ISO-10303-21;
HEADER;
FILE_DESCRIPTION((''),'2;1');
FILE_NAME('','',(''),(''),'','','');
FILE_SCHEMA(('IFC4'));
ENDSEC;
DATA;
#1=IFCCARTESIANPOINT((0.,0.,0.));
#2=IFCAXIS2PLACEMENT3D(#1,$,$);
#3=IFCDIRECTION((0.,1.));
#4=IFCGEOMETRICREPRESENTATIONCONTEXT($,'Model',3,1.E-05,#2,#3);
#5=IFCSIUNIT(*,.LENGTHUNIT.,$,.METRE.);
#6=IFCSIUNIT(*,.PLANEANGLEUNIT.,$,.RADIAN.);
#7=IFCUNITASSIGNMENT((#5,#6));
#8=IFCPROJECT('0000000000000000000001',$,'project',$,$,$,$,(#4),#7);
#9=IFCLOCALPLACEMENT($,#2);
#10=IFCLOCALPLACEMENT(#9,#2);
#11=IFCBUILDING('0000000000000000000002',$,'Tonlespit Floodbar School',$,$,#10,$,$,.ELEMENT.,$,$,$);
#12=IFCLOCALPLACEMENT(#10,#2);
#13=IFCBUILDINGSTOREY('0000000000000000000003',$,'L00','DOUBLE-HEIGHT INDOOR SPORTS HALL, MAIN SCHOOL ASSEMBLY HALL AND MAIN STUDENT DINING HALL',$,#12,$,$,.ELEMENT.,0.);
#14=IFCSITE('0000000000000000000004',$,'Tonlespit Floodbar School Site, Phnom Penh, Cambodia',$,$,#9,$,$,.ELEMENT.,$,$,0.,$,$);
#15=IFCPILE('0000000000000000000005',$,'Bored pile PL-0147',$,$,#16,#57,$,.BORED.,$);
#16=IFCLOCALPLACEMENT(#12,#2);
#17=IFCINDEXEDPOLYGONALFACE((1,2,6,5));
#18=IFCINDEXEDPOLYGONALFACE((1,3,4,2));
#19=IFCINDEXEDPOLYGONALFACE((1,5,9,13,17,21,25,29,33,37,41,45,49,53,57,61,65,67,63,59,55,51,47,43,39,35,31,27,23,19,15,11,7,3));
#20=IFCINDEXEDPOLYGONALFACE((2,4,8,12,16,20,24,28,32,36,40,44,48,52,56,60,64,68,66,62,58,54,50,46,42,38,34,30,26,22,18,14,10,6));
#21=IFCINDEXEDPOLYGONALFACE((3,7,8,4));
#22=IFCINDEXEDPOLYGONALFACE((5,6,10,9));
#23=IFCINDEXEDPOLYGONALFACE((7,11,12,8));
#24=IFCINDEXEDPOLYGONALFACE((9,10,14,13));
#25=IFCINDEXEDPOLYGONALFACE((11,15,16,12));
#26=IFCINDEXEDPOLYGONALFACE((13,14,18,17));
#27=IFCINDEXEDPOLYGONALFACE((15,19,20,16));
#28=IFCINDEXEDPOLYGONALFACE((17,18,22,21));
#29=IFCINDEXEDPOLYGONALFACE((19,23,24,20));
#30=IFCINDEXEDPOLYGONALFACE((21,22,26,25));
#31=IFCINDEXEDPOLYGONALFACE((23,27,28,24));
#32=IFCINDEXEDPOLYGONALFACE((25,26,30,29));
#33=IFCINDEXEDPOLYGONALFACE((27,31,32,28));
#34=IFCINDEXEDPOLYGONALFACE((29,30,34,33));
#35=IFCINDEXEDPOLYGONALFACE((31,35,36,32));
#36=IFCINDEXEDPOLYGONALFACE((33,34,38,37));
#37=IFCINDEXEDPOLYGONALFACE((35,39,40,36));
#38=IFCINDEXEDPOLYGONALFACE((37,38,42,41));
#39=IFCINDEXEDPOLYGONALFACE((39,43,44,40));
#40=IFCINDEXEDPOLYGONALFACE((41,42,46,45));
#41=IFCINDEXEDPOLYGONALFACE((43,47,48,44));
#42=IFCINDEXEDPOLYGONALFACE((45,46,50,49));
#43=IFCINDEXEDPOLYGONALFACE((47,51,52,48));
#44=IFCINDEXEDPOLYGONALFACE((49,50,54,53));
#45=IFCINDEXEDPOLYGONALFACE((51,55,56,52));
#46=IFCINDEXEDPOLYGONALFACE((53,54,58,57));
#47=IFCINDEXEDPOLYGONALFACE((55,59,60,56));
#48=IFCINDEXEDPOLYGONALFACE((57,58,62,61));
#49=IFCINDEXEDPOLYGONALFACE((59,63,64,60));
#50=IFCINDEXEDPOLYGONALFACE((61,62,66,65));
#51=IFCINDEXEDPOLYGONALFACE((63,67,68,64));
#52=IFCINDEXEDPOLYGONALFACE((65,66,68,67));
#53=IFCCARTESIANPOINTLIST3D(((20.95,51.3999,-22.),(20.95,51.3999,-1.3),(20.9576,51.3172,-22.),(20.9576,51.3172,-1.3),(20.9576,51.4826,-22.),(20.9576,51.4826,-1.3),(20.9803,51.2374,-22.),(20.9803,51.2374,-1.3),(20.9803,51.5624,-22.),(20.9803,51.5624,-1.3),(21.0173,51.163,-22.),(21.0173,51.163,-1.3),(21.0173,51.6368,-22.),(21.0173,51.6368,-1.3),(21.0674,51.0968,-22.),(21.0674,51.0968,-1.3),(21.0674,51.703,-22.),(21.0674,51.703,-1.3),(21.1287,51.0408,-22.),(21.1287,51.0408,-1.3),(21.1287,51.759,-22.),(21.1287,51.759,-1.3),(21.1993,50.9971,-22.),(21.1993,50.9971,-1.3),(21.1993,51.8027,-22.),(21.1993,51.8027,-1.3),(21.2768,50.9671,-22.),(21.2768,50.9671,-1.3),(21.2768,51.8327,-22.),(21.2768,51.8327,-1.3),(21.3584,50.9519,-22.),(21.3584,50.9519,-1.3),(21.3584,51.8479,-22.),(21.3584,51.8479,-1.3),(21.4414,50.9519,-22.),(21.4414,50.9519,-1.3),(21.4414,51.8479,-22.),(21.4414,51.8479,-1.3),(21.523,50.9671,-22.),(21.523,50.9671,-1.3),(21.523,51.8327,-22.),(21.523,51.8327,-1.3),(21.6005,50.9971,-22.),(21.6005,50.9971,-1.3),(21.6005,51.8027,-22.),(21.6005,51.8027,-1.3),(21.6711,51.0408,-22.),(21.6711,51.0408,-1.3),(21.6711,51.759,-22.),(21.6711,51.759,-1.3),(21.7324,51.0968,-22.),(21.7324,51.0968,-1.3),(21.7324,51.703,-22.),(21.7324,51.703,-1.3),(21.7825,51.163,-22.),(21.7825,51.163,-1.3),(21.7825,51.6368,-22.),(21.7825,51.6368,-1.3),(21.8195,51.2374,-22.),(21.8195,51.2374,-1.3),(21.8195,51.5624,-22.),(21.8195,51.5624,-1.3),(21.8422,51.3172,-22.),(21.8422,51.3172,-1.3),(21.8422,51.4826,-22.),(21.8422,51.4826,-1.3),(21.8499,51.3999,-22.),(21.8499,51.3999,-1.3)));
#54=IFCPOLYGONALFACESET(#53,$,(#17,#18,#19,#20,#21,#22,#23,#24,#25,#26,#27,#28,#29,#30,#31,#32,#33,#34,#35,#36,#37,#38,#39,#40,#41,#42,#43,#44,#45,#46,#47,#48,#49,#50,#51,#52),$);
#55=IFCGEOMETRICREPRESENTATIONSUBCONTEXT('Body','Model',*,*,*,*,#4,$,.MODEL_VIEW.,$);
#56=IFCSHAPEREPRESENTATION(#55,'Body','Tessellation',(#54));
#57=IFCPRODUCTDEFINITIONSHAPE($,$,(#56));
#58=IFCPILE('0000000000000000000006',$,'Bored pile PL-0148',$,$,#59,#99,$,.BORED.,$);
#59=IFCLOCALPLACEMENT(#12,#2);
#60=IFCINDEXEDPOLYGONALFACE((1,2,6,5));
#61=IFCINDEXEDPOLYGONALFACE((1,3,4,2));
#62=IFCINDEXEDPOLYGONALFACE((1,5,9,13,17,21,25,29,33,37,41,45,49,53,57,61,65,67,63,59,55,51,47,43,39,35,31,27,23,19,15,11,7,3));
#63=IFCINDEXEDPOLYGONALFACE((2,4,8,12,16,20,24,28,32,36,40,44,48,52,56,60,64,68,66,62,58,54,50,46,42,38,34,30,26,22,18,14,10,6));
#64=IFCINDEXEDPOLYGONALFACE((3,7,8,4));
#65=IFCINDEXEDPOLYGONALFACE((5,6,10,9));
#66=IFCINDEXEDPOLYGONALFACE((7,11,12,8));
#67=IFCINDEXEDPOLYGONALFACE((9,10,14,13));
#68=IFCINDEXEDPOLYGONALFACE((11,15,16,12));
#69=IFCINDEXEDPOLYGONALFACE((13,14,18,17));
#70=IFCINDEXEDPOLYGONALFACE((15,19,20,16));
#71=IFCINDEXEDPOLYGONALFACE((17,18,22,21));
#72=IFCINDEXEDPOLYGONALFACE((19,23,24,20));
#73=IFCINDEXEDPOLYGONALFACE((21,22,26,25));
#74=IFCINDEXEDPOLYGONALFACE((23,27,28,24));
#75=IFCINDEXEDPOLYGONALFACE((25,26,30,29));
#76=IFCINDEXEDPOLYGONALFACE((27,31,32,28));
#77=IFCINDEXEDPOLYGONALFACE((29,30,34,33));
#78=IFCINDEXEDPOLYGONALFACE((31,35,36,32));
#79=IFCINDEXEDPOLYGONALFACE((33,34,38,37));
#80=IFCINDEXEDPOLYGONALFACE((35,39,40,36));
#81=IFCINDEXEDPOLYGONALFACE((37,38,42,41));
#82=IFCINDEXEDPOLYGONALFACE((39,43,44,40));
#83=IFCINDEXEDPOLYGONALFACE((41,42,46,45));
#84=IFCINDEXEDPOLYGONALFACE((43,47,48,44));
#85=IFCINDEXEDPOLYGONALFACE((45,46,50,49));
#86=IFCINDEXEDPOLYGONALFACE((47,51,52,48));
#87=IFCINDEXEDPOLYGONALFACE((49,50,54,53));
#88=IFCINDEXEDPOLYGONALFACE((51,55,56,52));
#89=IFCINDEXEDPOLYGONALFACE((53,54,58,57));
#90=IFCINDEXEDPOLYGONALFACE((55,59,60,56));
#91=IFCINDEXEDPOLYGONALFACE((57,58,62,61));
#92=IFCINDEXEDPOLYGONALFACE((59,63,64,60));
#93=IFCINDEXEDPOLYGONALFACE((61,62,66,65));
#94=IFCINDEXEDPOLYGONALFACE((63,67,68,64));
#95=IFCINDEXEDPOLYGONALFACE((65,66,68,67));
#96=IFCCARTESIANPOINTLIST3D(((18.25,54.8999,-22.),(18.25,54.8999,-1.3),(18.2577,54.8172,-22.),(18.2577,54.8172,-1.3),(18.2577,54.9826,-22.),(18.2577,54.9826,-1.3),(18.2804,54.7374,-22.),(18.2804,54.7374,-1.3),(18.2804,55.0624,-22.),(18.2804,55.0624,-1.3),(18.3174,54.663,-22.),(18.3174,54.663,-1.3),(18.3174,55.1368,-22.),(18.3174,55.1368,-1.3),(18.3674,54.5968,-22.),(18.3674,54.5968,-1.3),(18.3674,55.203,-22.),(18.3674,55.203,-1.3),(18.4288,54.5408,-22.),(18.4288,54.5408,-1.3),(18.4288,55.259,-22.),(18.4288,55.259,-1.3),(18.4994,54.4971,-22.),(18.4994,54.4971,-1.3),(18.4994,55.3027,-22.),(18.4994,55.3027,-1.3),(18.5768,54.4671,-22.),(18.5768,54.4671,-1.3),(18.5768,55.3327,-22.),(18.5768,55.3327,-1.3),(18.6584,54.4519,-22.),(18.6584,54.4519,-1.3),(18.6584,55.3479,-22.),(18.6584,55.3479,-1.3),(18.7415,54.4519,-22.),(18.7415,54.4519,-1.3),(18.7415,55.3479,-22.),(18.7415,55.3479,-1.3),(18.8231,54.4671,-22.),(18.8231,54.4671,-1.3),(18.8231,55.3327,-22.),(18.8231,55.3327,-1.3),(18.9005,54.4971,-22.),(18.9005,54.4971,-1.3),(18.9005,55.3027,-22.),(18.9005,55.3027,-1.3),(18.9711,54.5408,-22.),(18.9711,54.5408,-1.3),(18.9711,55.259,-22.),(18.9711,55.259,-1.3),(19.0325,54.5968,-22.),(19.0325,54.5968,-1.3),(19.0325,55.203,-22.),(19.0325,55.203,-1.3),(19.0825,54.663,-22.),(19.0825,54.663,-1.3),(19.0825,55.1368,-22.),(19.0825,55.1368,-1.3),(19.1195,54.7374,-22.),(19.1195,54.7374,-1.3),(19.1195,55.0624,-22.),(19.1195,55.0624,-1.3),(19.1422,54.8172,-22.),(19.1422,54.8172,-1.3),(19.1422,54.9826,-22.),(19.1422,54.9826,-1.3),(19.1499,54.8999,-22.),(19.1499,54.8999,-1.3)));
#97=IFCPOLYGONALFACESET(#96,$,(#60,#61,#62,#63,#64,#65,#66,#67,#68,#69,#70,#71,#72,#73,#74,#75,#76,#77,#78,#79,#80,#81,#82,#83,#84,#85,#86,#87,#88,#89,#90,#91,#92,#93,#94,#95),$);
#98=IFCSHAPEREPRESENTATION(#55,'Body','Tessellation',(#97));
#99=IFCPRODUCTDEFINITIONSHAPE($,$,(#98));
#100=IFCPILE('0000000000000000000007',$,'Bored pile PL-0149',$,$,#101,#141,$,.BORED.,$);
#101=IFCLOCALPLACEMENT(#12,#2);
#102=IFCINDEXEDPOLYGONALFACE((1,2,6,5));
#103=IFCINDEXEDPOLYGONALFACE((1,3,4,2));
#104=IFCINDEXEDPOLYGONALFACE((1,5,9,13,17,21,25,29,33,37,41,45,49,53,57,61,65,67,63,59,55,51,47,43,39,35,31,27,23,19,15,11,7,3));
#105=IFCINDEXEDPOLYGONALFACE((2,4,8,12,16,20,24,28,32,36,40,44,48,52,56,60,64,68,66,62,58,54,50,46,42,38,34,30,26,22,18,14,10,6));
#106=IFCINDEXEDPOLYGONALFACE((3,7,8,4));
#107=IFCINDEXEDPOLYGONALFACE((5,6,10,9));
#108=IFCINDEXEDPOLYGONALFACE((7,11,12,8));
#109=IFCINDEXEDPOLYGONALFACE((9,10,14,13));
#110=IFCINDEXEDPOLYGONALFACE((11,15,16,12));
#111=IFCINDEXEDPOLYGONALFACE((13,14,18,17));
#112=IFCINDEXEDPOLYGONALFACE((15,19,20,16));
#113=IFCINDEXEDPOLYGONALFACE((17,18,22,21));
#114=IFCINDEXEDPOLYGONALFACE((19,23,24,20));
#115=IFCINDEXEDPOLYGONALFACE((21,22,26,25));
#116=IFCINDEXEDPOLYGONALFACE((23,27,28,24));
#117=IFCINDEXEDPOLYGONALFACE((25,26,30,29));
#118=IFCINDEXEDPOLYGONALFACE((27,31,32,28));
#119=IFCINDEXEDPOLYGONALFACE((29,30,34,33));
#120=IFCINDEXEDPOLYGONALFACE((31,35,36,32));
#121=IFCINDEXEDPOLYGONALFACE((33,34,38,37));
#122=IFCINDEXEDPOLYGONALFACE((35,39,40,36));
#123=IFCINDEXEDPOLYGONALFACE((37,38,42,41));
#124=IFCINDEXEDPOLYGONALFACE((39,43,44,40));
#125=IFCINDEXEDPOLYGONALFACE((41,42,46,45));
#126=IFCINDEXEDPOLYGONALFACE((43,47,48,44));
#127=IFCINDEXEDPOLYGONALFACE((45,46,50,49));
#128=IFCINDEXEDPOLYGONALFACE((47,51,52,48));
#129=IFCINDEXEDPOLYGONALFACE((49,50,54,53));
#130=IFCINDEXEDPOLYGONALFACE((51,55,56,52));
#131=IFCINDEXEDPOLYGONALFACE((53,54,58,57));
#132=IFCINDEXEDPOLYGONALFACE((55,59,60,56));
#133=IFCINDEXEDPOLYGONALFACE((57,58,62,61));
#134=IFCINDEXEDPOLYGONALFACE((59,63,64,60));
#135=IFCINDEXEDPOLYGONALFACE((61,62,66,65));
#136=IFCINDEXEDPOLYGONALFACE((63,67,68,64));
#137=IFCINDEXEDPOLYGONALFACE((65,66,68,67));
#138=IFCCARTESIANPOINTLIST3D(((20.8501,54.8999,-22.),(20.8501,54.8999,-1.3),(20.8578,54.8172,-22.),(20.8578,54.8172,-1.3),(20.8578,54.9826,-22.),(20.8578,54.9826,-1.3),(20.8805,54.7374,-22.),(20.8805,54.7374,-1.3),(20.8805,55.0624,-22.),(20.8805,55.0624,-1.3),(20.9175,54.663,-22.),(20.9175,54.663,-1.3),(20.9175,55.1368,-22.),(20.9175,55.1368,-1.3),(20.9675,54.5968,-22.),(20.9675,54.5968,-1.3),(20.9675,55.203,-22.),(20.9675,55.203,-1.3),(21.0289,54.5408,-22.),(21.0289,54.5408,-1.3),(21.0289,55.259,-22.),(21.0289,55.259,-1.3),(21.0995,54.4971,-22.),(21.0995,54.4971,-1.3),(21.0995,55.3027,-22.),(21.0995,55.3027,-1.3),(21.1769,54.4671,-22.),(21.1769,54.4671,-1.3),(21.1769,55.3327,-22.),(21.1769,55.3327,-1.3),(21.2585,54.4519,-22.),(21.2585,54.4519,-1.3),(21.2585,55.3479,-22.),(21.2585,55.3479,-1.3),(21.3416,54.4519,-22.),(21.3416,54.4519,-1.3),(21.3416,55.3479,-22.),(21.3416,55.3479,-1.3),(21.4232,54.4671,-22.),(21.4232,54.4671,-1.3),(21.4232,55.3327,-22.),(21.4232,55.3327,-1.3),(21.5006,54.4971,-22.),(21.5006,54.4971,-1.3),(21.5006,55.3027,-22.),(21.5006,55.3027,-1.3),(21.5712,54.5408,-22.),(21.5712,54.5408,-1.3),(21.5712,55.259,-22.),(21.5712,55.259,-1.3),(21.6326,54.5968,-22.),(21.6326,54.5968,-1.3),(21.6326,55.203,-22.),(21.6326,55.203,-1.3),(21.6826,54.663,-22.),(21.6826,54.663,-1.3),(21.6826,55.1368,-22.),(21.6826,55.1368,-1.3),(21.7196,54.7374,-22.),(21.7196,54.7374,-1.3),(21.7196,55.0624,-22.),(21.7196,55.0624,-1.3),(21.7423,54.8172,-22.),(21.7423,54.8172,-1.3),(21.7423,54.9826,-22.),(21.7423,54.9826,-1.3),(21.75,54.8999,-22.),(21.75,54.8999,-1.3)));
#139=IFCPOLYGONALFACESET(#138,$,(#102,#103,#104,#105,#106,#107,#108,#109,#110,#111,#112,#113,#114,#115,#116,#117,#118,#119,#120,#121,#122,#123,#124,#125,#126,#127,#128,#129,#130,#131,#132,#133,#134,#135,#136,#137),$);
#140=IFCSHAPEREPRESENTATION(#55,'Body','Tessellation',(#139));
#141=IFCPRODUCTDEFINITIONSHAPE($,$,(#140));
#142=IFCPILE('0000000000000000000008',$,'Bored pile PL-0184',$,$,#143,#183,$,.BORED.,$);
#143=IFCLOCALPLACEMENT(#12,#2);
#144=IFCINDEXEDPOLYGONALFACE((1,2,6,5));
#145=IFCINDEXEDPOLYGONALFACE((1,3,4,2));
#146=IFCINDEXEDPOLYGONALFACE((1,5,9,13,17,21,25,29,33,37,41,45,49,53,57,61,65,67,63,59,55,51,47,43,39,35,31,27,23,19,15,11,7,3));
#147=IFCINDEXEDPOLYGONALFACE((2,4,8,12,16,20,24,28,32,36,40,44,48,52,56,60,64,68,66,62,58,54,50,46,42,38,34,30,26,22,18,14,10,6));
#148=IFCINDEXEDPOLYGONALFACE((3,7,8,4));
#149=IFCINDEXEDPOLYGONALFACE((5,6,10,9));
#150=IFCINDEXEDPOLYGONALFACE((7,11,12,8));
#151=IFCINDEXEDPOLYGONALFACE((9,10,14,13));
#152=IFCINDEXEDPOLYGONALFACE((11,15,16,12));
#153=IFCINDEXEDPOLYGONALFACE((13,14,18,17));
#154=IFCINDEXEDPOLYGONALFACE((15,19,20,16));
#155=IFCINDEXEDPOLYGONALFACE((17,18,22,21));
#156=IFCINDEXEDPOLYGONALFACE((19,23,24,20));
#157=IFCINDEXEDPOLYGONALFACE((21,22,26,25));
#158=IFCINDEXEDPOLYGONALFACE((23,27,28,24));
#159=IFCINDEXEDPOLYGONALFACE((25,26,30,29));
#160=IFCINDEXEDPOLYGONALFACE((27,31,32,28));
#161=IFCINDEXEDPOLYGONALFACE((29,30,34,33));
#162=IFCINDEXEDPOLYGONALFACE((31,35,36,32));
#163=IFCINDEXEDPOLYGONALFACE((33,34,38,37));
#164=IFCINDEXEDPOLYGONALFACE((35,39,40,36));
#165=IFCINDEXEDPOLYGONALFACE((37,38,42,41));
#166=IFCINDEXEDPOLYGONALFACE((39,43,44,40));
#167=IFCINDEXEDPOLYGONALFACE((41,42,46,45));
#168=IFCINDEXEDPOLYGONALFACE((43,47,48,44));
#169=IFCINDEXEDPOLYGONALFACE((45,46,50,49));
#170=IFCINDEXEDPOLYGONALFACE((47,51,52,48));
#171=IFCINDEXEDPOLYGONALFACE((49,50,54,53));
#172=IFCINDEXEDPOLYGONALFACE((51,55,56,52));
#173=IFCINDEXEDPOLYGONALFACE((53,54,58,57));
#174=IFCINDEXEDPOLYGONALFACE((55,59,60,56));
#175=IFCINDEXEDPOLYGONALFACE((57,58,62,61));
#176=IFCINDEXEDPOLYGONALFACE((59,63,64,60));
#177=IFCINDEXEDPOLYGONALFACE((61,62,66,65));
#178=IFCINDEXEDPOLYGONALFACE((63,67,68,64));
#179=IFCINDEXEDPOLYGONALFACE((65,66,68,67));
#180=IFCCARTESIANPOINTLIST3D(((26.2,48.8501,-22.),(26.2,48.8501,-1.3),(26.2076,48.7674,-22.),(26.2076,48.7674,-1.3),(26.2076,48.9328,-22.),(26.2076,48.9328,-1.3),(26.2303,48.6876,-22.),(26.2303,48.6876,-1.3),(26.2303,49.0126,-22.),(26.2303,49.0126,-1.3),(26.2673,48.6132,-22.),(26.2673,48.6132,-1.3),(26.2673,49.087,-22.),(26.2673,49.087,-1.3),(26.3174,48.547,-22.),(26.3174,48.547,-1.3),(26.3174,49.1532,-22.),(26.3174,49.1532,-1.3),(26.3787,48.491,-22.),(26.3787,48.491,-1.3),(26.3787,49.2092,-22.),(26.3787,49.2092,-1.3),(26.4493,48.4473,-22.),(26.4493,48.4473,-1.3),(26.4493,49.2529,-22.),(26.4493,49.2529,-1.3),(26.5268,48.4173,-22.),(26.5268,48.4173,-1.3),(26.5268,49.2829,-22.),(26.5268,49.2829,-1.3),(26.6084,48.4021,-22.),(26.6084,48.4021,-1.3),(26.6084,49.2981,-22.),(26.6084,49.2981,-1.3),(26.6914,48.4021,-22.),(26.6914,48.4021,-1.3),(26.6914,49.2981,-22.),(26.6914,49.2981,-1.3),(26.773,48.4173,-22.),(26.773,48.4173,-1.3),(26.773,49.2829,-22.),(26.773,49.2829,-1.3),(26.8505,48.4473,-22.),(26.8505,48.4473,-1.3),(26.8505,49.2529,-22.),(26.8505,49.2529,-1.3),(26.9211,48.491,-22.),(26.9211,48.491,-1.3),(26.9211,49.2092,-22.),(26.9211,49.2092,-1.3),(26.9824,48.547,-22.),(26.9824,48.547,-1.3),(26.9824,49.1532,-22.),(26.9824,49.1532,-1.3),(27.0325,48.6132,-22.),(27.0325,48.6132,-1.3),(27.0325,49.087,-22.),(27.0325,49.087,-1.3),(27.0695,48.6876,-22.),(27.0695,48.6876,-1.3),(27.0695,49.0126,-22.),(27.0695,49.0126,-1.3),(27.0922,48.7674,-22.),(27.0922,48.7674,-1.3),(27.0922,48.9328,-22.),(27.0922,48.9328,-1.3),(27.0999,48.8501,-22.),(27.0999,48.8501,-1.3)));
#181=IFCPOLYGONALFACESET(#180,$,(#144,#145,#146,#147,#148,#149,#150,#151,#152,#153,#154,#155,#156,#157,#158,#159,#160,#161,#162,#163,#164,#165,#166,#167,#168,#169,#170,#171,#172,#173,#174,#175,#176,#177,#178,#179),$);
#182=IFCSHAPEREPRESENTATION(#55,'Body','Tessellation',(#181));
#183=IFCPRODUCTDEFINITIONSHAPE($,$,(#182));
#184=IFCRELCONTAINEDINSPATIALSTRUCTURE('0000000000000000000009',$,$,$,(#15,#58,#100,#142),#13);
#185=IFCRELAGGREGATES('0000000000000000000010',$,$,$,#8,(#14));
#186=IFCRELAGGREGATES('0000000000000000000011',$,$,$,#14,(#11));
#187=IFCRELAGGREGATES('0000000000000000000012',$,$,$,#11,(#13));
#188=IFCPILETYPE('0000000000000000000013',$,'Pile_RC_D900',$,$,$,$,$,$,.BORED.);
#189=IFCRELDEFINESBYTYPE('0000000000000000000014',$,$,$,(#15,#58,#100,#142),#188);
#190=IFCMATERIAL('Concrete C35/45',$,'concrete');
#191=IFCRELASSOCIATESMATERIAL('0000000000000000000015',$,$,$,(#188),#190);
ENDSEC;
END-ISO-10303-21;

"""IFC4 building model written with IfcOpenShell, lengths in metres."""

from ifc_helpers import new_model, si_unit, direction, frame, origin, origin_2d, place, context, subcontext, project, spatial, circle, extrude, material, material_profile, profile_set, type_object, element, save


model = new_model("IFC4")

# Units and contexts
model_context = context("Model", 3, precision=1e-05, world=origin(), true_north=direction((0.0, 1.0)))
body_context = subcontext(model_context, "Body", "Model", "MODEL_VIEW")
ifc_project = project(units=[si_unit("LENGTHUNIT", "METRE"), si_unit("PLANEANGLEUNIT", "RADIAN")], contexts=[model_context])

# Site, building, storey
site_placement = place(None, origin())
site = spatial("IfcSite", under=ifc_project, at=site_placement, Name="Tonlespit Floodbar School Site, Phnom Penh, Cambodia", CompositionType="ELEMENT", RefElevation=0.0)
building_placement = place(site_placement, origin())
building = spatial("IfcBuilding", under=site, at=building_placement, Name="Tonlespit Floodbar School", CompositionType="ELEMENT")
storey_placement = place(building_placement, origin())
storey = spatial("IfcBuildingStorey", under=building, at=storey_placement, Name="L00", Description="DOUBLE-HEIGHT INDOOR SPORTS HALL, MAIN SCHOOL ASSEMBLY HALL AND MAIN STUDENT DINING HALL", CompositionType="ELEMENT", Elevation=0.0)

# Piles
ifc_material_1 = material(Name="Concrete C35/45", Category="concrete")
ifc_material_profile_1 = material_profile(ifc_material_1, circle(Radius=0.45, at=origin_2d()), Name="BP D900")
ifc_profile_set_1 = profile_set([ifc_material_profile_1], Name="Concrete C35/45")
pile_type = type_object("IfcPileType", Name="Pile_RC_D900", PredefinedType="BORED", material=ifc_profile_set_1)
for number, where, z_axis, x_axis, name in (
    (1, (21.3999, 51.3999, -1.3), (0.0, 0.0, -1.0), (1.0, 0.0, 0.0), "Bored pile PL-0147"),
    (2, (18.7, 54.8999, -1.3), (0.0, 0.0, -1.0), (1.0, 0.0, 0.0), "Bored pile PL-0148"),
    (3, (21.3, 54.8999, -1.3), (0.0, 0.0, -1.0), (1.0, 0.0, 0.0), "Bored pile PL-0149"),
    (4, (26.6499, 48.8501, -1.3), (0.0, 0.0, -1.0), (1.0, 0.0, 0.0), "Bored pile PL-0184"),
):
    element("IfcPile", number, at=place(storey_placement, frame(where, z_axis=z_axis, x_axis=x_axis)), inside=storey, type_object=pile_type, Name=name, PredefinedType="BORED", context=body_context, shape_type="SweptSolid", body=[
        extrude(circle(Radius=0.45, at=origin_2d()), origin(), (0.0, 0.0, 1.0), 20.7),
    ])

save(model, "model.ifc")
